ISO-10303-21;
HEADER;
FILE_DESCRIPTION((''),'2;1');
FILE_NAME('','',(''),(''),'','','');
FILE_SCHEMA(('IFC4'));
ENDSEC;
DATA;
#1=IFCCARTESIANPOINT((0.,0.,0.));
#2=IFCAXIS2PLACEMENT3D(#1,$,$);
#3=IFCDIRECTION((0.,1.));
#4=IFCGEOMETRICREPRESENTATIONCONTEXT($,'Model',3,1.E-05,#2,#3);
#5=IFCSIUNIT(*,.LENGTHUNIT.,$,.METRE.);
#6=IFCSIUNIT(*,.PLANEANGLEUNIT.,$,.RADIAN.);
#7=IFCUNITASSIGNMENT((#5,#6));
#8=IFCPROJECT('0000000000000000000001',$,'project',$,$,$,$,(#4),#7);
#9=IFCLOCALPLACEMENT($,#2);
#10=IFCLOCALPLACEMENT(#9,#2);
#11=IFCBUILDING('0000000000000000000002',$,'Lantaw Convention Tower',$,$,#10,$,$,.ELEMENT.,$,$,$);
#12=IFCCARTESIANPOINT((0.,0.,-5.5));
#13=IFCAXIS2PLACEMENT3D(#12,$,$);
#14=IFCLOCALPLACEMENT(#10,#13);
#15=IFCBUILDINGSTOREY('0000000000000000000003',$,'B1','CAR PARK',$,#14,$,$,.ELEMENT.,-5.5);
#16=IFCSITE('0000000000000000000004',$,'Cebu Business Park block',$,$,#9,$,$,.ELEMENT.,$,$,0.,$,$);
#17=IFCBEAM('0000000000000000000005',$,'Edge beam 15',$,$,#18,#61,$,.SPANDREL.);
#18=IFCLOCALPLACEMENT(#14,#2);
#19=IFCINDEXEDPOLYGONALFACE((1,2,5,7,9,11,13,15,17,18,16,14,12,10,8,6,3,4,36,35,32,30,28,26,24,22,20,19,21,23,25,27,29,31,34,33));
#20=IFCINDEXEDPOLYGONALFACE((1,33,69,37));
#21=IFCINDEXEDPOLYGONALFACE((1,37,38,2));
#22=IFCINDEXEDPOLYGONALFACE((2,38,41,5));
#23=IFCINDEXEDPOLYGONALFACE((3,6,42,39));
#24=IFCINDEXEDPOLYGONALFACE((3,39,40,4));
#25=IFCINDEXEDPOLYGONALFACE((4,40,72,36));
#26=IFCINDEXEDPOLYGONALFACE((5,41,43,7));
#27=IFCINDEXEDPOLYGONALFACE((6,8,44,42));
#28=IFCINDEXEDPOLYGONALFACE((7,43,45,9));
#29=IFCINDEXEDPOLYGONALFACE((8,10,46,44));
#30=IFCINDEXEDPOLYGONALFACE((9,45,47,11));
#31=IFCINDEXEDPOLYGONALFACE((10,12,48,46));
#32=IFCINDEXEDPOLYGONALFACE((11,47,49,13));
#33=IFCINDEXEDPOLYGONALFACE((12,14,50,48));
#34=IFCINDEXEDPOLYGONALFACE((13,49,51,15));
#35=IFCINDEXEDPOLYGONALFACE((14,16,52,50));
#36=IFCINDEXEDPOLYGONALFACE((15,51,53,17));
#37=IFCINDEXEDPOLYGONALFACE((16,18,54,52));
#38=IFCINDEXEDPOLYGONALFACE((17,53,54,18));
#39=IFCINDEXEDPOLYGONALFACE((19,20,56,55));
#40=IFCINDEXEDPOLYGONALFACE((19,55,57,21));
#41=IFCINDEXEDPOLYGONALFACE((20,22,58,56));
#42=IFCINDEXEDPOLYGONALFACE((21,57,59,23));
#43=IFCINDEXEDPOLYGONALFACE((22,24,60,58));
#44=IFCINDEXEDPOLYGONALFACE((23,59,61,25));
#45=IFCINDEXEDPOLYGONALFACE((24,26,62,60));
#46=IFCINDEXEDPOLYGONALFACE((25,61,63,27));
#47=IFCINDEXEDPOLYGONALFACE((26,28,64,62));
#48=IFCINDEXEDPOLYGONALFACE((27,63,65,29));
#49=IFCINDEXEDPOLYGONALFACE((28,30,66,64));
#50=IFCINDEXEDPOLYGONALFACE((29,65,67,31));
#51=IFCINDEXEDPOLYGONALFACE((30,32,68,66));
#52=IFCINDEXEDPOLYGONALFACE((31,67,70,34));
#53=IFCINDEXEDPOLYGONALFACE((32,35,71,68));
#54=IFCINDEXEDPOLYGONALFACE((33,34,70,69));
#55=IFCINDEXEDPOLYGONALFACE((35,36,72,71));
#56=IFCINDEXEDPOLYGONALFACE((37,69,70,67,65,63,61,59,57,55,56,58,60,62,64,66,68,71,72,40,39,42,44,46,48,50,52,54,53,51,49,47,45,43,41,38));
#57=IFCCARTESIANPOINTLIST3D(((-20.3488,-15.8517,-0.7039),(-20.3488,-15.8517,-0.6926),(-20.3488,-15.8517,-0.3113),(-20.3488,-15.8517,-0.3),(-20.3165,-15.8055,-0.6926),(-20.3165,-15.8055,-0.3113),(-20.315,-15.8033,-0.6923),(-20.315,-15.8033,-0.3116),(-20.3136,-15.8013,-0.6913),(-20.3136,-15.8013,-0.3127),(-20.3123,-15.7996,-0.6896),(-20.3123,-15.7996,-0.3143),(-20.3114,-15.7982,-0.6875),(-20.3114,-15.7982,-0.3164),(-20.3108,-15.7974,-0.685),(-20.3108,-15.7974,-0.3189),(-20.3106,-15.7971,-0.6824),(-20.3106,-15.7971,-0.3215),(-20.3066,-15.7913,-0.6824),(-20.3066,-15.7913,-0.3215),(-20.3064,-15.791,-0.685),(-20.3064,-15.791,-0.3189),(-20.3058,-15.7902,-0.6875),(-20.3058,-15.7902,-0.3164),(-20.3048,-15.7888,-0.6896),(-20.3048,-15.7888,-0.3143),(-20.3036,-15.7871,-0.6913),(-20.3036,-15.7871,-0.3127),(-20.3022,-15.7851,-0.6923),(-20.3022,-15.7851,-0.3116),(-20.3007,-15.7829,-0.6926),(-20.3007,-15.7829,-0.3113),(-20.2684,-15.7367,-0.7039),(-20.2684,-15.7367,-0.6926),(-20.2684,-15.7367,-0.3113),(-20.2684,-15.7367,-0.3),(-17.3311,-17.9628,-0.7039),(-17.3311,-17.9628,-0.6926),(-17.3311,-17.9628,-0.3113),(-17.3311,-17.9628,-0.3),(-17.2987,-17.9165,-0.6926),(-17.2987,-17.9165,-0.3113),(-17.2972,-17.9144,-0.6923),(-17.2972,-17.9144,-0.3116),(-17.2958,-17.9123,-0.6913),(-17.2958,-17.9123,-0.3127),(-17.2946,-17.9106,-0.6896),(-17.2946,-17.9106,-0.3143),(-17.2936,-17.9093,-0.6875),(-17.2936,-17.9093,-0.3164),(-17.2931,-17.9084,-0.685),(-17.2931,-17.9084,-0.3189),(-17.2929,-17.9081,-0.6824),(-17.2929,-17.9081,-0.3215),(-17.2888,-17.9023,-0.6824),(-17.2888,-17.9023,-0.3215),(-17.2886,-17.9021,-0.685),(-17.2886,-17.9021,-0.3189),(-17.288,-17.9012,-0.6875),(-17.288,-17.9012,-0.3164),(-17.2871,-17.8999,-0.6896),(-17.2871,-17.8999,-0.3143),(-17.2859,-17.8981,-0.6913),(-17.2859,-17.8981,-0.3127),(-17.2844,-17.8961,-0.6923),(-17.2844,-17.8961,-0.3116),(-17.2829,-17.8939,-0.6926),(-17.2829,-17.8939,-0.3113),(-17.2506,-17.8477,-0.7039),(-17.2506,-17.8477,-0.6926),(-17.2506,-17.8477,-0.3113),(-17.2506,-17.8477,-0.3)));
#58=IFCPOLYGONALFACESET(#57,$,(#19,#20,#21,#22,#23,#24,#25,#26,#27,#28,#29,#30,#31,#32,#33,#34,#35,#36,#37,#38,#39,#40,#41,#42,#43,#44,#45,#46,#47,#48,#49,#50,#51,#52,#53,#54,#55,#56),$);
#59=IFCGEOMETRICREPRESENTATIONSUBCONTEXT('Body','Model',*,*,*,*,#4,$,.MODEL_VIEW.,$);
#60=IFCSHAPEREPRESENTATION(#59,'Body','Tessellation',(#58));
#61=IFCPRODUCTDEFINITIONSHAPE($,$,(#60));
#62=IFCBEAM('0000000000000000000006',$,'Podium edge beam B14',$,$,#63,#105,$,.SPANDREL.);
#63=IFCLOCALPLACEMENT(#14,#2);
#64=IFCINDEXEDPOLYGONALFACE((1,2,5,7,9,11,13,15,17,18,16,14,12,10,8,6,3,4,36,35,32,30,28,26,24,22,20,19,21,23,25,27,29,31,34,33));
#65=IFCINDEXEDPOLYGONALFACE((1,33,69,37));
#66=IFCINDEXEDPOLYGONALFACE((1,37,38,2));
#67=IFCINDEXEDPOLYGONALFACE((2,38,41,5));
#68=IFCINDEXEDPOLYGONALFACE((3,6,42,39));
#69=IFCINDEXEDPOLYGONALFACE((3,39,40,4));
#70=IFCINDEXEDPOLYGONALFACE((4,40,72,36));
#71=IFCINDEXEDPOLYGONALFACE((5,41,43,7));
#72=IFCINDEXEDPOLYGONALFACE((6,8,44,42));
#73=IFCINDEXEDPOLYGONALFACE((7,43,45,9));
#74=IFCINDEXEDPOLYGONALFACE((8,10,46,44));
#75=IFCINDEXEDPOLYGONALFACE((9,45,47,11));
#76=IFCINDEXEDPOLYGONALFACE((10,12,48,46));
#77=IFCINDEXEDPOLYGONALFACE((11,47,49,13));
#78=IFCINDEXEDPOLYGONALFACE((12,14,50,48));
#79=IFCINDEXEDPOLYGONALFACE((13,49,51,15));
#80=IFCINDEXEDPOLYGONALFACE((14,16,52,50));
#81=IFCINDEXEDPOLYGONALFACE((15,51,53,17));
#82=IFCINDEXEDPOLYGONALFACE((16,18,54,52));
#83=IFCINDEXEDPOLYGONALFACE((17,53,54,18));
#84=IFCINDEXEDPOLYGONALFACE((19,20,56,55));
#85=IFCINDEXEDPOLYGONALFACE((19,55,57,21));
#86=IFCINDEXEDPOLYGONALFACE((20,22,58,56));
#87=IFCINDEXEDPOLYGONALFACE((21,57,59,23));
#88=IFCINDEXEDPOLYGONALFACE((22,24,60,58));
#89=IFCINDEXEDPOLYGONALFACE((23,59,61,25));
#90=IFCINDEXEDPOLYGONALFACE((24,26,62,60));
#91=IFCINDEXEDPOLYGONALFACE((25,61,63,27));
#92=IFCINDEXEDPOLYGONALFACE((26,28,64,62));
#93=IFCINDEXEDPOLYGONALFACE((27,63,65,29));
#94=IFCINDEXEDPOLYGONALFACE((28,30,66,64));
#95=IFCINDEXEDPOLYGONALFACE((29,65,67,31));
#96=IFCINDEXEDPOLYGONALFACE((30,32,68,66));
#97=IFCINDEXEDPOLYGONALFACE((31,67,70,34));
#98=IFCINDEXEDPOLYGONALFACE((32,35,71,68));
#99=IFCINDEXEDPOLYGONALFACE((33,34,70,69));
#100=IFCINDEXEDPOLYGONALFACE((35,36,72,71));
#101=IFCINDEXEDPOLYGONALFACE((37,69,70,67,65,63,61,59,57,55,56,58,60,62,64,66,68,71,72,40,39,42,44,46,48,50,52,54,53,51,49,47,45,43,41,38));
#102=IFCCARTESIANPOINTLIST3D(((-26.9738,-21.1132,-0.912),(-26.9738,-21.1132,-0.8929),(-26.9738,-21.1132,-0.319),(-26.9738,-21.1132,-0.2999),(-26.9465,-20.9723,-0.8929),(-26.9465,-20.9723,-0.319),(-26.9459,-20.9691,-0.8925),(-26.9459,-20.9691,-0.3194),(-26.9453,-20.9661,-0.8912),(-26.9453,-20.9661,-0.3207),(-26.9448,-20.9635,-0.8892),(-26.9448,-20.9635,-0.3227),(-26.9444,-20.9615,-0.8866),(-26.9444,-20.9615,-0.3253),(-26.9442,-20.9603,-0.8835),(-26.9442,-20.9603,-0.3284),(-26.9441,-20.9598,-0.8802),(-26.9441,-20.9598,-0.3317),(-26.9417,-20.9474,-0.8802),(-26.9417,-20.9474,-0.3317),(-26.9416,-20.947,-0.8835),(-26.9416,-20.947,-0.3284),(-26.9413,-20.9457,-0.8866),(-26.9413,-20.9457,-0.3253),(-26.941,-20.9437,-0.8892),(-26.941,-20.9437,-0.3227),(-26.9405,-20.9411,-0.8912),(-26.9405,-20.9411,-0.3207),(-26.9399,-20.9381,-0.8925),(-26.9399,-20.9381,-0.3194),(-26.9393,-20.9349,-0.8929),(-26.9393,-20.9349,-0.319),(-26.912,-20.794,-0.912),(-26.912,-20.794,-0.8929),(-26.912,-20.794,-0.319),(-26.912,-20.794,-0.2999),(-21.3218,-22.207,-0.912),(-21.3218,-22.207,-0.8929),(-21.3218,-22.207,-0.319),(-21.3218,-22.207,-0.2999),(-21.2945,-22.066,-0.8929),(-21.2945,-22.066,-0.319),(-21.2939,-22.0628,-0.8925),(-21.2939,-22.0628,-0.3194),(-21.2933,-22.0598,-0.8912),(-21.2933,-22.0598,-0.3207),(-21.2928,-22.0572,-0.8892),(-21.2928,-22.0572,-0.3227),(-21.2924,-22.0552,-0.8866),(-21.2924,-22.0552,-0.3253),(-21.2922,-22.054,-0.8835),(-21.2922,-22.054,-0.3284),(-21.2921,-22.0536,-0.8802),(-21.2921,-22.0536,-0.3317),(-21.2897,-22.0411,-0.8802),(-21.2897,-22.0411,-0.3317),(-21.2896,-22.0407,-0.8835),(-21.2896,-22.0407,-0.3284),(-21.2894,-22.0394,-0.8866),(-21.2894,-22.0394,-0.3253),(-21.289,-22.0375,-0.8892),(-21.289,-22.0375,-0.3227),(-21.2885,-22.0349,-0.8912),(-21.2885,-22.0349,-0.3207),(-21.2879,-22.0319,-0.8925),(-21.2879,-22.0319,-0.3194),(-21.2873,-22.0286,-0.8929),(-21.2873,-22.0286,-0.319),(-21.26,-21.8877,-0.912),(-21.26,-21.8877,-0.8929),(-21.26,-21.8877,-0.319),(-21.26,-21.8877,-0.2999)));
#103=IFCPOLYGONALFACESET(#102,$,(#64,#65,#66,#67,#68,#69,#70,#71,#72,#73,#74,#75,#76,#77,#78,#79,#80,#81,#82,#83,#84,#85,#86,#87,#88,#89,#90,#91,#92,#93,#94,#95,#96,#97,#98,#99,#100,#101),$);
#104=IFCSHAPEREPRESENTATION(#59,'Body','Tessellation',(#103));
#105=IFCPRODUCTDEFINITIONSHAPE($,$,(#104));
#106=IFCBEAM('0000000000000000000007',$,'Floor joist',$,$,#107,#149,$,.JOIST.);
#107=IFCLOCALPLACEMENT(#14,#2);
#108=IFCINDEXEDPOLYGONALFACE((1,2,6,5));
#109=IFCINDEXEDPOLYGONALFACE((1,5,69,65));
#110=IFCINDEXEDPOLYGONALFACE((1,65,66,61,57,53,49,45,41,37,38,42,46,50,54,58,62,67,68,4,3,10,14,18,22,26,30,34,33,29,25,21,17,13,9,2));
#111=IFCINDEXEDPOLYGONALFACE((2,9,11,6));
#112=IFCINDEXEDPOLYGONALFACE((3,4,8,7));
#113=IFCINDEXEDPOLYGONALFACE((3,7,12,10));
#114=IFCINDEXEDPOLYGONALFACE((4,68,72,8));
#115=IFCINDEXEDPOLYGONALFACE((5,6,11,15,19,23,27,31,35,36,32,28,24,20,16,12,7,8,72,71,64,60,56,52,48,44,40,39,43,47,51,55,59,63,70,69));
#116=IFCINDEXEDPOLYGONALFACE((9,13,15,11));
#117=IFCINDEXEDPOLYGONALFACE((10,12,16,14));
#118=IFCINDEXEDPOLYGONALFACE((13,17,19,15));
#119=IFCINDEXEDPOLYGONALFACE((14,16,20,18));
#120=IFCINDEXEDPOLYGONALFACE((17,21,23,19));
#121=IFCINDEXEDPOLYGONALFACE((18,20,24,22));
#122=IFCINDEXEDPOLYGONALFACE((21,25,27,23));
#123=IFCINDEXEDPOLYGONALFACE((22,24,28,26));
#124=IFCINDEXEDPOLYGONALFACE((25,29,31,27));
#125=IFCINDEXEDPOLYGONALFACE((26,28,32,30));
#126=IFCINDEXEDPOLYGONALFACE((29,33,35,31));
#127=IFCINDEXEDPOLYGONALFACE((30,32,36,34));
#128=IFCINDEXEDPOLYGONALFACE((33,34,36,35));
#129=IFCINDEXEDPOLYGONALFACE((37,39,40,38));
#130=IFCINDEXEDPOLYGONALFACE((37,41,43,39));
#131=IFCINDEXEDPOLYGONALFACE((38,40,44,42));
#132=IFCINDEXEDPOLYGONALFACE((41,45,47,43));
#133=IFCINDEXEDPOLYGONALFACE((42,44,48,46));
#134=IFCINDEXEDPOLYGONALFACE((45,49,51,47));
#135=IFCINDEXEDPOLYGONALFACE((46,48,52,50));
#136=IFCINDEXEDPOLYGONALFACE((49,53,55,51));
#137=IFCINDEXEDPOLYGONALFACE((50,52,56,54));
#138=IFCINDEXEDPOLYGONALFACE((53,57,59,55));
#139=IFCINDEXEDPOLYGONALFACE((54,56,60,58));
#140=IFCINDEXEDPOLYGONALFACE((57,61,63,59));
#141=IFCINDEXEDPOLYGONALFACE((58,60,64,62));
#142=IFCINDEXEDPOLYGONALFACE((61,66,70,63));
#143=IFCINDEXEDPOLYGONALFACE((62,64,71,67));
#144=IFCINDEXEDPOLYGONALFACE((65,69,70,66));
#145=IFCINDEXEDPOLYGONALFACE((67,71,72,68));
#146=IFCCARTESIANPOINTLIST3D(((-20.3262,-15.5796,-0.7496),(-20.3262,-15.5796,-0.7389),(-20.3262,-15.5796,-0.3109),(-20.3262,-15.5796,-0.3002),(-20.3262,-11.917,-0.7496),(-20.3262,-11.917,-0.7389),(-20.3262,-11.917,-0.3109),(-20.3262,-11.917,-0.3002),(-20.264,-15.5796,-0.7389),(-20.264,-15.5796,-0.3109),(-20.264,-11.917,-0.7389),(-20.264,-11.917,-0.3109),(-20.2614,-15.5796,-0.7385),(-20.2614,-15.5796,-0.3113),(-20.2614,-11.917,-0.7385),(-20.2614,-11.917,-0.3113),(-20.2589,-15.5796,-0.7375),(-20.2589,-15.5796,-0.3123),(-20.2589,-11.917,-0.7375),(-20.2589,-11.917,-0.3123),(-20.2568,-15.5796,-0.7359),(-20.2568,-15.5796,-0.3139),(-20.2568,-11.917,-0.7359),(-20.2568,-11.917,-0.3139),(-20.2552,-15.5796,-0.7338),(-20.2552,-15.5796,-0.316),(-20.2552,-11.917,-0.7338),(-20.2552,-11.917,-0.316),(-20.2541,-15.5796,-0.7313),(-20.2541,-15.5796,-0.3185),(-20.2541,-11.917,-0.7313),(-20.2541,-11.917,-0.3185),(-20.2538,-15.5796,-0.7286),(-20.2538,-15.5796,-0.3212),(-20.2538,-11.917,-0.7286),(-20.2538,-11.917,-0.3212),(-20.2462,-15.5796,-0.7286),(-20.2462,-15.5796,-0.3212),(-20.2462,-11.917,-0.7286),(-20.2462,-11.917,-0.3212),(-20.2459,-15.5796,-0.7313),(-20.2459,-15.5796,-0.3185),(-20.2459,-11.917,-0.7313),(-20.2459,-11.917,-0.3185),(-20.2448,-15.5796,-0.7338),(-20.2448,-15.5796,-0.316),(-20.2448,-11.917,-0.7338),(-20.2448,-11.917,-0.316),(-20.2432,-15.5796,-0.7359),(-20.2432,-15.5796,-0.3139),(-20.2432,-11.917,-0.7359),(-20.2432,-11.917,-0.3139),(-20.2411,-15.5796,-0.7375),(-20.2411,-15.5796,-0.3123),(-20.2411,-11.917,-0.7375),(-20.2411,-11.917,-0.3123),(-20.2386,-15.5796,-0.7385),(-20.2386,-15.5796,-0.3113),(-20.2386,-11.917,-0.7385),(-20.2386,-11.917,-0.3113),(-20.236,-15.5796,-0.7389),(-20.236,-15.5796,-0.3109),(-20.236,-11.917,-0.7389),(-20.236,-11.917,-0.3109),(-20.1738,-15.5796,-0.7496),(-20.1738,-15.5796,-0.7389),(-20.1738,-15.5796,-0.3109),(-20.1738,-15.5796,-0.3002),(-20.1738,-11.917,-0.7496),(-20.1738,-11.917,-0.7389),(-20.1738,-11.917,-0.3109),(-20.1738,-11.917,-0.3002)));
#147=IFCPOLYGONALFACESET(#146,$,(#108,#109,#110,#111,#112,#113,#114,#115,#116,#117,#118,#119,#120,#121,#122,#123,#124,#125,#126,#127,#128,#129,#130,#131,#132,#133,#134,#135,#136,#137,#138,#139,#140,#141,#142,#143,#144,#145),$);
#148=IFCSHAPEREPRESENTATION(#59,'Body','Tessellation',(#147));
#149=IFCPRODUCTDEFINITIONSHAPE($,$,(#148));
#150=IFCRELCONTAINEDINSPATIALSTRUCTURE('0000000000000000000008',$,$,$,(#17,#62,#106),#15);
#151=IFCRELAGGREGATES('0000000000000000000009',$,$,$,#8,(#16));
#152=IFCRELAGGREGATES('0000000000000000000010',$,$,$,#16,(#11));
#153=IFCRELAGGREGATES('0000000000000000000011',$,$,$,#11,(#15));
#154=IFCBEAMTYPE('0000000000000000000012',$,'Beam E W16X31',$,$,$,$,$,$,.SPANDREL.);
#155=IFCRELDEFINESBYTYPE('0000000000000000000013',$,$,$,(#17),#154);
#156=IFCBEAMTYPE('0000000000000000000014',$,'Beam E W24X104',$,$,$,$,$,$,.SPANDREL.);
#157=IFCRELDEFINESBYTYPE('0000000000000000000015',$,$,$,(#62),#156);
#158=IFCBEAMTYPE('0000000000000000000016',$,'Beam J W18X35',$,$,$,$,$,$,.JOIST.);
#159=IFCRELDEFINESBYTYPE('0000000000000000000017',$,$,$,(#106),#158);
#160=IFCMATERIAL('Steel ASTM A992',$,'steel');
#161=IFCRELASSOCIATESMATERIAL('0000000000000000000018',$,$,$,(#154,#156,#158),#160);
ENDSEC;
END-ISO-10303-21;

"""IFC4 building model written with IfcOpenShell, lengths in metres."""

from ifc_helpers import new_model, si_unit, direction, frame, origin, origin_2d, place, context, subcontext, project, spatial, i_section, extrude, material, material_profile, profile_set, type_object, element, save


model = new_model("IFC4")

# Units and contexts
model_context = context("Model", 3, precision=1e-05, world=origin(), true_north=direction((0.0, 1.0)))
body_context = subcontext(model_context, "Body", "Model", "MODEL_VIEW")
ifc_project = project(units=[si_unit("LENGTHUNIT", "METRE"), si_unit("PLANEANGLEUNIT", "RADIAN")], contexts=[model_context])

# Site, building, storey
site_placement = place(None, origin())
site = spatial("IfcSite", under=ifc_project, at=site_placement, Name="Cebu Business Park block", CompositionType="ELEMENT", RefElevation=0.0)
building_placement = place(site_placement, origin())
building = spatial("IfcBuilding", under=site, at=building_placement, Name="Lantaw Convention Tower", CompositionType="ELEMENT")
storey_placement = place(building_placement, frame((0.0, 0.0, -5.5)))
storey = spatial("IfcBuildingStorey", under=building, at=storey_placement, Name="B1", Description="CAR PARK", CompositionType="ELEMENT", Elevation=-5.5)

# Beams
ifc_material_1 = material(Name="Steel ASTM A992", Category="steel")
ifc_material_profile_1 = material_profile(ifc_material_1, i_section(OverallWidth=0.1404, OverallDepth=0.4038, WebThickness=0.0071, FlangeThickness=0.0112, FilletRadius=0.0103, at=origin_2d()), Name="W16X31")
ifc_profile_set_1 = profile_set([ifc_material_profile_1], Name="Steel ASTM A992")
beam_type_1 = type_object("IfcBeamType", Name="Beam E W16X31", PredefinedType="SPANDREL", material=ifc_profile_set_1)
beam_1_placement = place(storey_placement, frame((-20.3086, -15.7942, -0.502), z_axis=(0.819409, -0.573209, 0.0), x_axis=(0.573209, 0.819409, 0.0)))
element("IfcBeam", 1, at=beam_1_placement, inside=storey, type_object=beam_type_1, Name="Edge beam 15", PredefinedType="SPANDREL", context=body_context, shape_type="SweptSolid", body=[
    extrude(i_section(OverallWidth=0.1404, OverallDepth=0.4038, WebThickness=0.0071, FlangeThickness=0.0112, FilletRadius=0.0103, at=origin_2d()), origin(), (0.0, 0.0, 1.0), 3.6829),
])
ifc_material_profile_2 = material_profile(ifc_material_1, i_section(OverallWidth=0.3252, OverallDepth=0.6121, WebThickness=0.0127, FlangeThickness=0.019, FilletRadius=0.0127, at=origin_2d()), Name="W24X104")
ifc_profile_set_2 = profile_set([ifc_material_profile_2], Name="Steel ASTM A992")
beam_type_2 = type_object("IfcBeamType", Name="Beam E W24X104", PredefinedType="SPANDREL", material=ifc_profile_set_2)
beam_2_placement = place(storey_placement, frame((-26.9429, -20.9536, -0.606), z_axis=(0.981786, -0.189988, 0.0), x_axis=(0.189988, 0.981786, 0.0)))
element("IfcBeam", 2, at=beam_2_placement, inside=storey, type_object=beam_type_2, Name="Podium edge beam B14", PredefinedType="SPANDREL", context=body_context, shape_type="SweptSolid", body=[
    extrude(i_section(OverallWidth=0.3252, OverallDepth=0.6121, WebThickness=0.0127, FlangeThickness=0.019, FilletRadius=0.0127, at=origin_2d()), origin(), (0.0, 0.0, 1.0), 5.7568),
])
ifc_material_profile_3 = material_profile(ifc_material_1, i_section(OverallWidth=0.1523, OverallDepth=0.4495, WebThickness=0.0076, FlangeThickness=0.0107, FilletRadius=0.0103, at=origin_2d()), Name="W18X35")
ifc_profile_set_3 = profile_set([ifc_material_profile_3], Name="Steel ASTM A992")
beam_type_3 = type_object("IfcBeamType", Name="Beam J W18X35", PredefinedType="JOIST", material=ifc_profile_set_3)
beam_3_placement = place(storey_placement, frame((-20.25, -15.5796, -0.5249), z_axis=(0.0, 1.0, 0.0), x_axis=(-1.0, 0.0, 0.0)))
element("IfcBeam", 3, at=beam_3_placement, inside=storey, type_object=beam_type_3, Name="Floor joist", PredefinedType="JOIST", context=body_context, shape_type="SweptSolid", body=[
    extrude(i_section(OverallWidth=0.1523, OverallDepth=0.4495, WebThickness=0.0076, FlangeThickness=0.0107, FilletRadius=0.0103, at=origin_2d()), origin(), (0.0, 0.0, 1.0), 3.6626),
])

save(model, "model.ifc")
